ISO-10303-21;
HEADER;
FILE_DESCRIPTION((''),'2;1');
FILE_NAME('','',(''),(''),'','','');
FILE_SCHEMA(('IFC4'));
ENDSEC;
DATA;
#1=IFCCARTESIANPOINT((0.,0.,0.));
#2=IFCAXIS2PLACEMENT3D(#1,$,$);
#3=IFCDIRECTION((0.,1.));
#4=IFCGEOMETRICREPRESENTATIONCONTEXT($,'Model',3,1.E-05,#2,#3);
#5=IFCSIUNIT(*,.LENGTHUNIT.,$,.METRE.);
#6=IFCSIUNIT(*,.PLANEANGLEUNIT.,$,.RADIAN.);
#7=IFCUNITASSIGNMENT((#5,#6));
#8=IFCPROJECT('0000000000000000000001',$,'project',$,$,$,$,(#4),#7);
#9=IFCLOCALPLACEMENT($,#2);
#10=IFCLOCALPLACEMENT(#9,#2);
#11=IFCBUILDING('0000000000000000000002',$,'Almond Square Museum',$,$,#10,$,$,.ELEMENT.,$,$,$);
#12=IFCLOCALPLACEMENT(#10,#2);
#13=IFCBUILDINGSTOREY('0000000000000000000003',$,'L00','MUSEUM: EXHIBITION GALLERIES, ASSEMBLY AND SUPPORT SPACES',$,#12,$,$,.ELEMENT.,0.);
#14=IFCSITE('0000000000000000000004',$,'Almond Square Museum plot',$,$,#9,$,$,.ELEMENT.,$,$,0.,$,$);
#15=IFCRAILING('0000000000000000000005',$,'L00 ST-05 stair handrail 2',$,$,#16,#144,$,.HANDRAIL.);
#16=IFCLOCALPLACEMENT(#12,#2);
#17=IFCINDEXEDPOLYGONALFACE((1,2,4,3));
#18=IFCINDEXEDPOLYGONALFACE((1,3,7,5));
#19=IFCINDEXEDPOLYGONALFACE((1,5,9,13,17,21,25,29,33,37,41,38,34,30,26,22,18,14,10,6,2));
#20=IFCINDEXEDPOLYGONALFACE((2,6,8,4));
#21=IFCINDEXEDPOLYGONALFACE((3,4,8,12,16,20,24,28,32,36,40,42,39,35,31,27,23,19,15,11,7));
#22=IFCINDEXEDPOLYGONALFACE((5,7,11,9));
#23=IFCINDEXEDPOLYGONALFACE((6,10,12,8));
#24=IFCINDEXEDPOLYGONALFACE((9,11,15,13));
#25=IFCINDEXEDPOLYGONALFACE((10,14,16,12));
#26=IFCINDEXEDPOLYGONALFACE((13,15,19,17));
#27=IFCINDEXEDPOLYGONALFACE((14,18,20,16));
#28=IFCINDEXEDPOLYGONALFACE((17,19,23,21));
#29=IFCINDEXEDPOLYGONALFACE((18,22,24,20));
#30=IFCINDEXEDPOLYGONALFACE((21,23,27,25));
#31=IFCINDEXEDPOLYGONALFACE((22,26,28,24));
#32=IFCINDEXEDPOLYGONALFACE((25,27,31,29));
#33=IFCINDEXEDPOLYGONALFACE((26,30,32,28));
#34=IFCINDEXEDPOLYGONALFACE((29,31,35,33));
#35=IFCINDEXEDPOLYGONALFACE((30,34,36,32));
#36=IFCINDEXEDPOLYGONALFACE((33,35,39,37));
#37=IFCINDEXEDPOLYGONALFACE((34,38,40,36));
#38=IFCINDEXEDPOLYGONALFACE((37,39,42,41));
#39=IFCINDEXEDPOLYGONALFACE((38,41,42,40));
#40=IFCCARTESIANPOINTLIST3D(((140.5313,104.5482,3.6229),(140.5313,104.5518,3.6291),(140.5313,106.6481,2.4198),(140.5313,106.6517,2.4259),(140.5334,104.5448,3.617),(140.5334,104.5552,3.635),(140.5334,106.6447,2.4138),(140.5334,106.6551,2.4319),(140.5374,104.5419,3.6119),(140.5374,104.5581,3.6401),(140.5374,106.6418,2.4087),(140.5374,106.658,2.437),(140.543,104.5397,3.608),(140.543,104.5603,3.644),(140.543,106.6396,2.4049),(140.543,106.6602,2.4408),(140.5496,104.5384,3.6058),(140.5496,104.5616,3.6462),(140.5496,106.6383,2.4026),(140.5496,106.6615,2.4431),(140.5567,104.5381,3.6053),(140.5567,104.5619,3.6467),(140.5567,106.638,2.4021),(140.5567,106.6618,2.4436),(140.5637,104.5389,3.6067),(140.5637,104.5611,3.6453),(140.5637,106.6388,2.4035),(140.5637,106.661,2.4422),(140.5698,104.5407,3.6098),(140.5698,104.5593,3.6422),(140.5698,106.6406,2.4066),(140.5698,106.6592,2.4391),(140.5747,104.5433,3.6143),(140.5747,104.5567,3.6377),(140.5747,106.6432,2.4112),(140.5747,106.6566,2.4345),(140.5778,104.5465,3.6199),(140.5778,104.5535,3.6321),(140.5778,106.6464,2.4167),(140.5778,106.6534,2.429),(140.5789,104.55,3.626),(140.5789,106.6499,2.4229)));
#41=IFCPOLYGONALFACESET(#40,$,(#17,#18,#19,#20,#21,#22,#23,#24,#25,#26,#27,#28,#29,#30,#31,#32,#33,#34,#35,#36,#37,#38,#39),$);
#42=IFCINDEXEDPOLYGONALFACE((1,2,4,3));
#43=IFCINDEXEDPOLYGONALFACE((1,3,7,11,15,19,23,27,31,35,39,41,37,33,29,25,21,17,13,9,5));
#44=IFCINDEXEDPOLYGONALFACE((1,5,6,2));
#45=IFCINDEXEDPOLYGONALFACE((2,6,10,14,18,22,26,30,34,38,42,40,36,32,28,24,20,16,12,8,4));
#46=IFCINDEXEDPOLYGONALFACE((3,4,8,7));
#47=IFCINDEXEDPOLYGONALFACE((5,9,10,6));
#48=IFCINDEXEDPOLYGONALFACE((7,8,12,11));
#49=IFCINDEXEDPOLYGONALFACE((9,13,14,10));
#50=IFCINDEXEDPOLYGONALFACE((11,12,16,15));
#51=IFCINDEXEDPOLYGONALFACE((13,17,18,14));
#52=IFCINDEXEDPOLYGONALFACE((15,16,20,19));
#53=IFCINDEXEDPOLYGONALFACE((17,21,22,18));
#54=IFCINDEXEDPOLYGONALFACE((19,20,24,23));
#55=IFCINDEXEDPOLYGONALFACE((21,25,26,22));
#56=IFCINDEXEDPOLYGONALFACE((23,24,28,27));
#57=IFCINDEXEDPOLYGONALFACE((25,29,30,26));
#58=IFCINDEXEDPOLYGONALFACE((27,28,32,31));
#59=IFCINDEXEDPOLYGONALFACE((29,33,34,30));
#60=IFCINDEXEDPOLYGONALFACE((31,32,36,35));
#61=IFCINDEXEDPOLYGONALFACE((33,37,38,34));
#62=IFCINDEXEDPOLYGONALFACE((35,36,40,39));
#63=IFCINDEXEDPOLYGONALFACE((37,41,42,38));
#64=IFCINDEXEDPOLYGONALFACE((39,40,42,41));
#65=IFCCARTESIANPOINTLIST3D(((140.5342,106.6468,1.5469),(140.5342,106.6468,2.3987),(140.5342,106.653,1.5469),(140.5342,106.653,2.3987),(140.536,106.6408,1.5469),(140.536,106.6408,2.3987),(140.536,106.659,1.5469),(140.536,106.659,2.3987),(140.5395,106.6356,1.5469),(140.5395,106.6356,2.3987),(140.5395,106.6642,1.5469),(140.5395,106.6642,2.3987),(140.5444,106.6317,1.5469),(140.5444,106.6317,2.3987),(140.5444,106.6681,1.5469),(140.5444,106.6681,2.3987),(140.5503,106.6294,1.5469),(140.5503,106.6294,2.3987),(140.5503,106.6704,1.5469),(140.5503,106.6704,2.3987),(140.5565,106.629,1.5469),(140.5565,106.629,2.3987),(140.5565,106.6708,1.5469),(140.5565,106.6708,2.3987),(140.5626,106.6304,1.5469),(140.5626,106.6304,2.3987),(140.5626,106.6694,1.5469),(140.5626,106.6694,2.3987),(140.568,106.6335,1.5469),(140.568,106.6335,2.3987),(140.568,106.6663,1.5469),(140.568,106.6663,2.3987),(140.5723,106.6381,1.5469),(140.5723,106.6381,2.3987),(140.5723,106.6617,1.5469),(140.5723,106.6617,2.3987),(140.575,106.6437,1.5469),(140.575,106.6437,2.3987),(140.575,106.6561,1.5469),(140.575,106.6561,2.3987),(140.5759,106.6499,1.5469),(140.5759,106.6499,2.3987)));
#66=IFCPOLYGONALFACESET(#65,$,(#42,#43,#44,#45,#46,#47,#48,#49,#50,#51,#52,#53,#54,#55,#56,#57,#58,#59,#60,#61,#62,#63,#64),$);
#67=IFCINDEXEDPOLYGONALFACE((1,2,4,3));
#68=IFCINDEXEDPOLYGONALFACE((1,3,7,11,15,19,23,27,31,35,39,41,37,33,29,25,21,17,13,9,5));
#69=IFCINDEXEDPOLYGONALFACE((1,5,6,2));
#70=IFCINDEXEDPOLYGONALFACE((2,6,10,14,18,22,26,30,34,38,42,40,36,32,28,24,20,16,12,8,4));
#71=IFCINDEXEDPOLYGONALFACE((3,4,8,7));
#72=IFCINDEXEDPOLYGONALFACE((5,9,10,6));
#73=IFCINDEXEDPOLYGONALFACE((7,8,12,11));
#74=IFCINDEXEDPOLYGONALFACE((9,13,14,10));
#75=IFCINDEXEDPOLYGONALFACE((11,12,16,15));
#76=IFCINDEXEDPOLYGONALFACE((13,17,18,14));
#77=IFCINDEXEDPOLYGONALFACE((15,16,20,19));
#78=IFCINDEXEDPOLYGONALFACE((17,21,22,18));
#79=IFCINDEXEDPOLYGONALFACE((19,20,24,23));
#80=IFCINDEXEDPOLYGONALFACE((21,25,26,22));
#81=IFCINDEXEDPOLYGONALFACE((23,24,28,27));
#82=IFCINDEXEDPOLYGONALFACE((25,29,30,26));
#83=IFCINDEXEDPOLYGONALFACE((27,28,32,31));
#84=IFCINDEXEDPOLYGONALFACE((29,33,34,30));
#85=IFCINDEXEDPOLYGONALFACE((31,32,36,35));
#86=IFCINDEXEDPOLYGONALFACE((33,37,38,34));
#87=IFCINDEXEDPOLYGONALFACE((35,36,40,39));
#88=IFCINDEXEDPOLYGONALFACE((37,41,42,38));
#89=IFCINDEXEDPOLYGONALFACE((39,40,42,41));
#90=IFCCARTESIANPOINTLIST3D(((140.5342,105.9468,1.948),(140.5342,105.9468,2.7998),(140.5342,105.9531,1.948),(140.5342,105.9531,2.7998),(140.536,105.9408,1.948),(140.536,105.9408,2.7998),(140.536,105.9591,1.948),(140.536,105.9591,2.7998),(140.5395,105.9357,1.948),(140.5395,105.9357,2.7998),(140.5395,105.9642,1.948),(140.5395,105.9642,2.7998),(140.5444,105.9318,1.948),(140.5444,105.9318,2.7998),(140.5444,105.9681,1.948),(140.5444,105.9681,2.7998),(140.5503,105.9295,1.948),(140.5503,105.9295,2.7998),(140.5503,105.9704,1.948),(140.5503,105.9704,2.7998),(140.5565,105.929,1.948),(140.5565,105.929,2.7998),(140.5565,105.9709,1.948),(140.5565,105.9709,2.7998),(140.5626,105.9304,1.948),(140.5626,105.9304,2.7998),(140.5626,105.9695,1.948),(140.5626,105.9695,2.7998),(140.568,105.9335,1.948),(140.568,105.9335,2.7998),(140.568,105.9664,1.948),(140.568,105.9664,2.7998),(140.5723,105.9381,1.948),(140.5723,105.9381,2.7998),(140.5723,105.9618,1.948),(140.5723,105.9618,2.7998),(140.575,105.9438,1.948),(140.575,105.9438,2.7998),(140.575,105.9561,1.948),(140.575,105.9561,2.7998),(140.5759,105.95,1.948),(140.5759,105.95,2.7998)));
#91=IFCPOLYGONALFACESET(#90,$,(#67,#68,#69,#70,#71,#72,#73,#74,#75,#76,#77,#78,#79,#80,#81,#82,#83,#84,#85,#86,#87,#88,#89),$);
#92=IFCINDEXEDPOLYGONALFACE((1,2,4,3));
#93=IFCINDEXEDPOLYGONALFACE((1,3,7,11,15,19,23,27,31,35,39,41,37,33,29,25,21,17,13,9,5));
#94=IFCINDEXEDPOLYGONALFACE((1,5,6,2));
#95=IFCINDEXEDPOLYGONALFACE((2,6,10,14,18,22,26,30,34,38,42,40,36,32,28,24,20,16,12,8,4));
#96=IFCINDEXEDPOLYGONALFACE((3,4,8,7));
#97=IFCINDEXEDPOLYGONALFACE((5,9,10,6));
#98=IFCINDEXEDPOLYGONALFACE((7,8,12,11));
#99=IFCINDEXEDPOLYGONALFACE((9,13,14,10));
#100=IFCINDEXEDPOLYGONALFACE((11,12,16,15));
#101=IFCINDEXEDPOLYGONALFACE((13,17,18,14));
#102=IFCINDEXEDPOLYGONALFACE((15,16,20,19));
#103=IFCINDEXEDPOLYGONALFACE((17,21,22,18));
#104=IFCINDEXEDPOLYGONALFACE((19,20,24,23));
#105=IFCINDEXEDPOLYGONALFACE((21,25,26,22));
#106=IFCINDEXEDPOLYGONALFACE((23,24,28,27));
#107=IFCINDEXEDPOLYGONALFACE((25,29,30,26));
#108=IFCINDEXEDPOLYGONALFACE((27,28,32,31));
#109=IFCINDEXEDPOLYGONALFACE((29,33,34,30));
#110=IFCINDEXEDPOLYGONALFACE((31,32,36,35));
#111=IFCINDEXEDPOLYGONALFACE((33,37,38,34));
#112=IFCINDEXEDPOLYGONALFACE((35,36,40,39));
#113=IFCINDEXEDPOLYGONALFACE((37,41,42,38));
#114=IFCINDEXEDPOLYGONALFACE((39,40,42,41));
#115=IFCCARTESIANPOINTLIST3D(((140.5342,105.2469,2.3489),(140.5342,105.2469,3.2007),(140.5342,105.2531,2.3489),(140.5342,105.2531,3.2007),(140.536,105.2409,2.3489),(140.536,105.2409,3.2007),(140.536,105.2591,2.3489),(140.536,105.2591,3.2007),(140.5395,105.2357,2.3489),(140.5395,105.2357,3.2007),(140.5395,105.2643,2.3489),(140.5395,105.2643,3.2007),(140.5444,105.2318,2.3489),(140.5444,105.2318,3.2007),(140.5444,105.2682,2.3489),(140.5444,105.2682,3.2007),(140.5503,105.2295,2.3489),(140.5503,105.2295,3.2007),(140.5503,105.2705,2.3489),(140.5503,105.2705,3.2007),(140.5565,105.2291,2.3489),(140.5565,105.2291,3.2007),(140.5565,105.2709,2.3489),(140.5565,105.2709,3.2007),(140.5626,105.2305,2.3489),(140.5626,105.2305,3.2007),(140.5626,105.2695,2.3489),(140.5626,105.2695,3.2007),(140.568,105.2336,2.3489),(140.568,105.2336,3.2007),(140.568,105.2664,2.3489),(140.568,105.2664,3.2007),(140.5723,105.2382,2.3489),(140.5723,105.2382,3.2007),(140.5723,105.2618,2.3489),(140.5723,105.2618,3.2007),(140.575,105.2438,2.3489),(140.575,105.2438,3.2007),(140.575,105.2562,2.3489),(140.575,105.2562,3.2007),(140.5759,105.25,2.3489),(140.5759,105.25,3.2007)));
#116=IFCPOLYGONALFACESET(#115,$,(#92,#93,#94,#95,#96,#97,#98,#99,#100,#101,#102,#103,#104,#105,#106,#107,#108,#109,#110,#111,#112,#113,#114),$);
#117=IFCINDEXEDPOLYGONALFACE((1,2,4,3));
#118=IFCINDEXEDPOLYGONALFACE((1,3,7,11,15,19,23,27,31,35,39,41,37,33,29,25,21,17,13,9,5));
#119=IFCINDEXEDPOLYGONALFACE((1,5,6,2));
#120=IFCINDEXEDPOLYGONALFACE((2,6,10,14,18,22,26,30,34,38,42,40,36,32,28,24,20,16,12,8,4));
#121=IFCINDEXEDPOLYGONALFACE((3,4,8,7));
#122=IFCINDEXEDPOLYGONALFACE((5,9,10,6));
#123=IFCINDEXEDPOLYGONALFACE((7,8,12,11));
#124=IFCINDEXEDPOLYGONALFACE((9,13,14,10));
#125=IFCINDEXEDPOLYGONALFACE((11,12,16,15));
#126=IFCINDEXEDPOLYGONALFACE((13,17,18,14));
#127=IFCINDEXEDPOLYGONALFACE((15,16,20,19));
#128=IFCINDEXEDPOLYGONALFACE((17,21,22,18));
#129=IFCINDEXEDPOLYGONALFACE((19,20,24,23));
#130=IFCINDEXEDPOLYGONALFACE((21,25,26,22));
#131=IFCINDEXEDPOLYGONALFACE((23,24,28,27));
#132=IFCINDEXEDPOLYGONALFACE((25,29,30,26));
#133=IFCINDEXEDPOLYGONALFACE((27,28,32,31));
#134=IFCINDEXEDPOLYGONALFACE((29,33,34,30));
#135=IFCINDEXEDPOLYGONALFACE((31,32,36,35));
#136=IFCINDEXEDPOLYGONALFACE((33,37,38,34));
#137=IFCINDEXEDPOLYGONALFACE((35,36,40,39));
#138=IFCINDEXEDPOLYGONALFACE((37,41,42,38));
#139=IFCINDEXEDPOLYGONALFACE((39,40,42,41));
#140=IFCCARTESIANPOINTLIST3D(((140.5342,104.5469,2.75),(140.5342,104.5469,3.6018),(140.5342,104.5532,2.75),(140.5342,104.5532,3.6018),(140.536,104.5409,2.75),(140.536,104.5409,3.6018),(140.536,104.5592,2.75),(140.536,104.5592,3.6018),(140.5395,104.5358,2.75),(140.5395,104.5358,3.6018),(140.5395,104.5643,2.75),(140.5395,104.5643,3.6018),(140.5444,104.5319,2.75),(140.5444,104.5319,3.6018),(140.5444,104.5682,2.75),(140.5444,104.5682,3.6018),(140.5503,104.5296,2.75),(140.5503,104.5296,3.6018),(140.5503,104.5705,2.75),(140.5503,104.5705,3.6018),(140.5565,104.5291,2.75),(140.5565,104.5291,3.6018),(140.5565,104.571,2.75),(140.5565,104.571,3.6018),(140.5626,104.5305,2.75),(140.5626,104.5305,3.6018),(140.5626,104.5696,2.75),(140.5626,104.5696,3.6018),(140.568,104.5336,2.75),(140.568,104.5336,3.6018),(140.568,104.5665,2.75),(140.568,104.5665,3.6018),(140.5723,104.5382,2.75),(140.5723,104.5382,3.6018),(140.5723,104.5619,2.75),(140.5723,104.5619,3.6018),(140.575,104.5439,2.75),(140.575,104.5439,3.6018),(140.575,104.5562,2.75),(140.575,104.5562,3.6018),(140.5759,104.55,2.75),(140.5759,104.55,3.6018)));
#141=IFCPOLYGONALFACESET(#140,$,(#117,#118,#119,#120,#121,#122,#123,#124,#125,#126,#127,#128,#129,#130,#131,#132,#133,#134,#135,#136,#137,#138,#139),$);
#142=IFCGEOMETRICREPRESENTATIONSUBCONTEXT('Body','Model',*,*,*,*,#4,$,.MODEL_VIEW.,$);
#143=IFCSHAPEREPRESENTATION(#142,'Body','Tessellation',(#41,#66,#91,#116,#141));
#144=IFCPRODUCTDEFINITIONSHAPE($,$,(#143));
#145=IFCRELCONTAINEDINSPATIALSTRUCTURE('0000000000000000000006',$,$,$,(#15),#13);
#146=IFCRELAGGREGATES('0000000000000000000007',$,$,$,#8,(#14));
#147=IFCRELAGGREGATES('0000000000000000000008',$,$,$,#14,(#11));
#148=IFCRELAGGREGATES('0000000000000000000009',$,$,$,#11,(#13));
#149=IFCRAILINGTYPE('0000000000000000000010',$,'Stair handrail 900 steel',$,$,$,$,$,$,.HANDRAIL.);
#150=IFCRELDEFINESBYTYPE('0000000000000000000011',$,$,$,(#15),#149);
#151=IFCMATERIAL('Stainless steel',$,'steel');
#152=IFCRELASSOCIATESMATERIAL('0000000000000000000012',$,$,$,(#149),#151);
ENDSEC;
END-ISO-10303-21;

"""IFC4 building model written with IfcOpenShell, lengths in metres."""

from ifc_helpers import new_model, si_unit, direction, frame, origin, origin_2d, place, context, subcontext, project, spatial, circle, extrude, material, type_object, element, save


model = new_model("IFC4")

# Units and contexts
model_context = context("Model", 3, precision=1e-05, world=origin(), true_north=direction((0.0, 1.0)))
body_context = subcontext(model_context, "Body", "Model", "MODEL_VIEW")
ifc_project = project(units=[si_unit("LENGTHUNIT", "METRE"), si_unit("PLANEANGLEUNIT", "RADIAN")], contexts=[model_context])

# Site, building, storey
site_placement = place(None, origin())
site = spatial("IfcSite", under=ifc_project, at=site_placement, Name="Almond Square Museum plot", CompositionType="ELEMENT", RefElevation=0.0)
building_placement = place(site_placement, origin())
building = spatial("IfcBuilding", under=site, at=building_placement, Name="Almond Square Museum", CompositionType="ELEMENT")
storey_placement = place(building_placement, origin())
storey = spatial("IfcBuildingStorey", under=building, at=storey_placement, Name="L00", Description="MUSEUM: EXHIBITION GALLERIES, ASSEMBLY AND SUPPORT SPACES", CompositionType="ELEMENT", Elevation=0.0)

# Railing
ifc_material_1 = material(Name="Stainless steel", Category="steel")
railing_type_1 = type_object("IfcRailingType", Name="Stair handrail 900 steel", PredefinedType="HANDRAIL", material=ifc_material_1)
for number, where, name in (
    (1, (140.5549, 106.6499, 1.5469), "L00 ST-05 stair handrail 2"),
):
    element("IfcRailing", number, at=place(storey_placement, frame(where)), inside=storey, type_object=railing_type_1, Name=name, PredefinedType="HANDRAIL", context=body_context, shape_type="SweptSolid", body=[
        extrude(circle(Radius=0.0239, at=origin_2d()), frame((0.0, 0.0, 0.876), z_axis=(0.0, -0.867671, 0.497138), x_axis=(1.0, 0.0, 0.0)), (0.0, 0.0, 1.0), 2.4202),
        extrude(circle(Radius=0.021, at=origin_2d()), origin(), (0.0, 0.0, 1.0), 0.8518),
        extrude(circle(Radius=0.021, at=origin_2d()), frame((0.0, -0.7, 0.4011)), (0.0, 0.0, 1.0), 0.8518),
        extrude(circle(Radius=0.021, at=origin_2d()), frame((0.0, -1.3999, 0.802)), (0.0, 0.0, 1.0), 0.8518),
        extrude(circle(Radius=0.021, at=origin_2d()), frame((0.0, -2.0999, 1.2031)), (0.0, 0.0, 1.0), 0.8518),
    ])

save(model, "model.ifc")
